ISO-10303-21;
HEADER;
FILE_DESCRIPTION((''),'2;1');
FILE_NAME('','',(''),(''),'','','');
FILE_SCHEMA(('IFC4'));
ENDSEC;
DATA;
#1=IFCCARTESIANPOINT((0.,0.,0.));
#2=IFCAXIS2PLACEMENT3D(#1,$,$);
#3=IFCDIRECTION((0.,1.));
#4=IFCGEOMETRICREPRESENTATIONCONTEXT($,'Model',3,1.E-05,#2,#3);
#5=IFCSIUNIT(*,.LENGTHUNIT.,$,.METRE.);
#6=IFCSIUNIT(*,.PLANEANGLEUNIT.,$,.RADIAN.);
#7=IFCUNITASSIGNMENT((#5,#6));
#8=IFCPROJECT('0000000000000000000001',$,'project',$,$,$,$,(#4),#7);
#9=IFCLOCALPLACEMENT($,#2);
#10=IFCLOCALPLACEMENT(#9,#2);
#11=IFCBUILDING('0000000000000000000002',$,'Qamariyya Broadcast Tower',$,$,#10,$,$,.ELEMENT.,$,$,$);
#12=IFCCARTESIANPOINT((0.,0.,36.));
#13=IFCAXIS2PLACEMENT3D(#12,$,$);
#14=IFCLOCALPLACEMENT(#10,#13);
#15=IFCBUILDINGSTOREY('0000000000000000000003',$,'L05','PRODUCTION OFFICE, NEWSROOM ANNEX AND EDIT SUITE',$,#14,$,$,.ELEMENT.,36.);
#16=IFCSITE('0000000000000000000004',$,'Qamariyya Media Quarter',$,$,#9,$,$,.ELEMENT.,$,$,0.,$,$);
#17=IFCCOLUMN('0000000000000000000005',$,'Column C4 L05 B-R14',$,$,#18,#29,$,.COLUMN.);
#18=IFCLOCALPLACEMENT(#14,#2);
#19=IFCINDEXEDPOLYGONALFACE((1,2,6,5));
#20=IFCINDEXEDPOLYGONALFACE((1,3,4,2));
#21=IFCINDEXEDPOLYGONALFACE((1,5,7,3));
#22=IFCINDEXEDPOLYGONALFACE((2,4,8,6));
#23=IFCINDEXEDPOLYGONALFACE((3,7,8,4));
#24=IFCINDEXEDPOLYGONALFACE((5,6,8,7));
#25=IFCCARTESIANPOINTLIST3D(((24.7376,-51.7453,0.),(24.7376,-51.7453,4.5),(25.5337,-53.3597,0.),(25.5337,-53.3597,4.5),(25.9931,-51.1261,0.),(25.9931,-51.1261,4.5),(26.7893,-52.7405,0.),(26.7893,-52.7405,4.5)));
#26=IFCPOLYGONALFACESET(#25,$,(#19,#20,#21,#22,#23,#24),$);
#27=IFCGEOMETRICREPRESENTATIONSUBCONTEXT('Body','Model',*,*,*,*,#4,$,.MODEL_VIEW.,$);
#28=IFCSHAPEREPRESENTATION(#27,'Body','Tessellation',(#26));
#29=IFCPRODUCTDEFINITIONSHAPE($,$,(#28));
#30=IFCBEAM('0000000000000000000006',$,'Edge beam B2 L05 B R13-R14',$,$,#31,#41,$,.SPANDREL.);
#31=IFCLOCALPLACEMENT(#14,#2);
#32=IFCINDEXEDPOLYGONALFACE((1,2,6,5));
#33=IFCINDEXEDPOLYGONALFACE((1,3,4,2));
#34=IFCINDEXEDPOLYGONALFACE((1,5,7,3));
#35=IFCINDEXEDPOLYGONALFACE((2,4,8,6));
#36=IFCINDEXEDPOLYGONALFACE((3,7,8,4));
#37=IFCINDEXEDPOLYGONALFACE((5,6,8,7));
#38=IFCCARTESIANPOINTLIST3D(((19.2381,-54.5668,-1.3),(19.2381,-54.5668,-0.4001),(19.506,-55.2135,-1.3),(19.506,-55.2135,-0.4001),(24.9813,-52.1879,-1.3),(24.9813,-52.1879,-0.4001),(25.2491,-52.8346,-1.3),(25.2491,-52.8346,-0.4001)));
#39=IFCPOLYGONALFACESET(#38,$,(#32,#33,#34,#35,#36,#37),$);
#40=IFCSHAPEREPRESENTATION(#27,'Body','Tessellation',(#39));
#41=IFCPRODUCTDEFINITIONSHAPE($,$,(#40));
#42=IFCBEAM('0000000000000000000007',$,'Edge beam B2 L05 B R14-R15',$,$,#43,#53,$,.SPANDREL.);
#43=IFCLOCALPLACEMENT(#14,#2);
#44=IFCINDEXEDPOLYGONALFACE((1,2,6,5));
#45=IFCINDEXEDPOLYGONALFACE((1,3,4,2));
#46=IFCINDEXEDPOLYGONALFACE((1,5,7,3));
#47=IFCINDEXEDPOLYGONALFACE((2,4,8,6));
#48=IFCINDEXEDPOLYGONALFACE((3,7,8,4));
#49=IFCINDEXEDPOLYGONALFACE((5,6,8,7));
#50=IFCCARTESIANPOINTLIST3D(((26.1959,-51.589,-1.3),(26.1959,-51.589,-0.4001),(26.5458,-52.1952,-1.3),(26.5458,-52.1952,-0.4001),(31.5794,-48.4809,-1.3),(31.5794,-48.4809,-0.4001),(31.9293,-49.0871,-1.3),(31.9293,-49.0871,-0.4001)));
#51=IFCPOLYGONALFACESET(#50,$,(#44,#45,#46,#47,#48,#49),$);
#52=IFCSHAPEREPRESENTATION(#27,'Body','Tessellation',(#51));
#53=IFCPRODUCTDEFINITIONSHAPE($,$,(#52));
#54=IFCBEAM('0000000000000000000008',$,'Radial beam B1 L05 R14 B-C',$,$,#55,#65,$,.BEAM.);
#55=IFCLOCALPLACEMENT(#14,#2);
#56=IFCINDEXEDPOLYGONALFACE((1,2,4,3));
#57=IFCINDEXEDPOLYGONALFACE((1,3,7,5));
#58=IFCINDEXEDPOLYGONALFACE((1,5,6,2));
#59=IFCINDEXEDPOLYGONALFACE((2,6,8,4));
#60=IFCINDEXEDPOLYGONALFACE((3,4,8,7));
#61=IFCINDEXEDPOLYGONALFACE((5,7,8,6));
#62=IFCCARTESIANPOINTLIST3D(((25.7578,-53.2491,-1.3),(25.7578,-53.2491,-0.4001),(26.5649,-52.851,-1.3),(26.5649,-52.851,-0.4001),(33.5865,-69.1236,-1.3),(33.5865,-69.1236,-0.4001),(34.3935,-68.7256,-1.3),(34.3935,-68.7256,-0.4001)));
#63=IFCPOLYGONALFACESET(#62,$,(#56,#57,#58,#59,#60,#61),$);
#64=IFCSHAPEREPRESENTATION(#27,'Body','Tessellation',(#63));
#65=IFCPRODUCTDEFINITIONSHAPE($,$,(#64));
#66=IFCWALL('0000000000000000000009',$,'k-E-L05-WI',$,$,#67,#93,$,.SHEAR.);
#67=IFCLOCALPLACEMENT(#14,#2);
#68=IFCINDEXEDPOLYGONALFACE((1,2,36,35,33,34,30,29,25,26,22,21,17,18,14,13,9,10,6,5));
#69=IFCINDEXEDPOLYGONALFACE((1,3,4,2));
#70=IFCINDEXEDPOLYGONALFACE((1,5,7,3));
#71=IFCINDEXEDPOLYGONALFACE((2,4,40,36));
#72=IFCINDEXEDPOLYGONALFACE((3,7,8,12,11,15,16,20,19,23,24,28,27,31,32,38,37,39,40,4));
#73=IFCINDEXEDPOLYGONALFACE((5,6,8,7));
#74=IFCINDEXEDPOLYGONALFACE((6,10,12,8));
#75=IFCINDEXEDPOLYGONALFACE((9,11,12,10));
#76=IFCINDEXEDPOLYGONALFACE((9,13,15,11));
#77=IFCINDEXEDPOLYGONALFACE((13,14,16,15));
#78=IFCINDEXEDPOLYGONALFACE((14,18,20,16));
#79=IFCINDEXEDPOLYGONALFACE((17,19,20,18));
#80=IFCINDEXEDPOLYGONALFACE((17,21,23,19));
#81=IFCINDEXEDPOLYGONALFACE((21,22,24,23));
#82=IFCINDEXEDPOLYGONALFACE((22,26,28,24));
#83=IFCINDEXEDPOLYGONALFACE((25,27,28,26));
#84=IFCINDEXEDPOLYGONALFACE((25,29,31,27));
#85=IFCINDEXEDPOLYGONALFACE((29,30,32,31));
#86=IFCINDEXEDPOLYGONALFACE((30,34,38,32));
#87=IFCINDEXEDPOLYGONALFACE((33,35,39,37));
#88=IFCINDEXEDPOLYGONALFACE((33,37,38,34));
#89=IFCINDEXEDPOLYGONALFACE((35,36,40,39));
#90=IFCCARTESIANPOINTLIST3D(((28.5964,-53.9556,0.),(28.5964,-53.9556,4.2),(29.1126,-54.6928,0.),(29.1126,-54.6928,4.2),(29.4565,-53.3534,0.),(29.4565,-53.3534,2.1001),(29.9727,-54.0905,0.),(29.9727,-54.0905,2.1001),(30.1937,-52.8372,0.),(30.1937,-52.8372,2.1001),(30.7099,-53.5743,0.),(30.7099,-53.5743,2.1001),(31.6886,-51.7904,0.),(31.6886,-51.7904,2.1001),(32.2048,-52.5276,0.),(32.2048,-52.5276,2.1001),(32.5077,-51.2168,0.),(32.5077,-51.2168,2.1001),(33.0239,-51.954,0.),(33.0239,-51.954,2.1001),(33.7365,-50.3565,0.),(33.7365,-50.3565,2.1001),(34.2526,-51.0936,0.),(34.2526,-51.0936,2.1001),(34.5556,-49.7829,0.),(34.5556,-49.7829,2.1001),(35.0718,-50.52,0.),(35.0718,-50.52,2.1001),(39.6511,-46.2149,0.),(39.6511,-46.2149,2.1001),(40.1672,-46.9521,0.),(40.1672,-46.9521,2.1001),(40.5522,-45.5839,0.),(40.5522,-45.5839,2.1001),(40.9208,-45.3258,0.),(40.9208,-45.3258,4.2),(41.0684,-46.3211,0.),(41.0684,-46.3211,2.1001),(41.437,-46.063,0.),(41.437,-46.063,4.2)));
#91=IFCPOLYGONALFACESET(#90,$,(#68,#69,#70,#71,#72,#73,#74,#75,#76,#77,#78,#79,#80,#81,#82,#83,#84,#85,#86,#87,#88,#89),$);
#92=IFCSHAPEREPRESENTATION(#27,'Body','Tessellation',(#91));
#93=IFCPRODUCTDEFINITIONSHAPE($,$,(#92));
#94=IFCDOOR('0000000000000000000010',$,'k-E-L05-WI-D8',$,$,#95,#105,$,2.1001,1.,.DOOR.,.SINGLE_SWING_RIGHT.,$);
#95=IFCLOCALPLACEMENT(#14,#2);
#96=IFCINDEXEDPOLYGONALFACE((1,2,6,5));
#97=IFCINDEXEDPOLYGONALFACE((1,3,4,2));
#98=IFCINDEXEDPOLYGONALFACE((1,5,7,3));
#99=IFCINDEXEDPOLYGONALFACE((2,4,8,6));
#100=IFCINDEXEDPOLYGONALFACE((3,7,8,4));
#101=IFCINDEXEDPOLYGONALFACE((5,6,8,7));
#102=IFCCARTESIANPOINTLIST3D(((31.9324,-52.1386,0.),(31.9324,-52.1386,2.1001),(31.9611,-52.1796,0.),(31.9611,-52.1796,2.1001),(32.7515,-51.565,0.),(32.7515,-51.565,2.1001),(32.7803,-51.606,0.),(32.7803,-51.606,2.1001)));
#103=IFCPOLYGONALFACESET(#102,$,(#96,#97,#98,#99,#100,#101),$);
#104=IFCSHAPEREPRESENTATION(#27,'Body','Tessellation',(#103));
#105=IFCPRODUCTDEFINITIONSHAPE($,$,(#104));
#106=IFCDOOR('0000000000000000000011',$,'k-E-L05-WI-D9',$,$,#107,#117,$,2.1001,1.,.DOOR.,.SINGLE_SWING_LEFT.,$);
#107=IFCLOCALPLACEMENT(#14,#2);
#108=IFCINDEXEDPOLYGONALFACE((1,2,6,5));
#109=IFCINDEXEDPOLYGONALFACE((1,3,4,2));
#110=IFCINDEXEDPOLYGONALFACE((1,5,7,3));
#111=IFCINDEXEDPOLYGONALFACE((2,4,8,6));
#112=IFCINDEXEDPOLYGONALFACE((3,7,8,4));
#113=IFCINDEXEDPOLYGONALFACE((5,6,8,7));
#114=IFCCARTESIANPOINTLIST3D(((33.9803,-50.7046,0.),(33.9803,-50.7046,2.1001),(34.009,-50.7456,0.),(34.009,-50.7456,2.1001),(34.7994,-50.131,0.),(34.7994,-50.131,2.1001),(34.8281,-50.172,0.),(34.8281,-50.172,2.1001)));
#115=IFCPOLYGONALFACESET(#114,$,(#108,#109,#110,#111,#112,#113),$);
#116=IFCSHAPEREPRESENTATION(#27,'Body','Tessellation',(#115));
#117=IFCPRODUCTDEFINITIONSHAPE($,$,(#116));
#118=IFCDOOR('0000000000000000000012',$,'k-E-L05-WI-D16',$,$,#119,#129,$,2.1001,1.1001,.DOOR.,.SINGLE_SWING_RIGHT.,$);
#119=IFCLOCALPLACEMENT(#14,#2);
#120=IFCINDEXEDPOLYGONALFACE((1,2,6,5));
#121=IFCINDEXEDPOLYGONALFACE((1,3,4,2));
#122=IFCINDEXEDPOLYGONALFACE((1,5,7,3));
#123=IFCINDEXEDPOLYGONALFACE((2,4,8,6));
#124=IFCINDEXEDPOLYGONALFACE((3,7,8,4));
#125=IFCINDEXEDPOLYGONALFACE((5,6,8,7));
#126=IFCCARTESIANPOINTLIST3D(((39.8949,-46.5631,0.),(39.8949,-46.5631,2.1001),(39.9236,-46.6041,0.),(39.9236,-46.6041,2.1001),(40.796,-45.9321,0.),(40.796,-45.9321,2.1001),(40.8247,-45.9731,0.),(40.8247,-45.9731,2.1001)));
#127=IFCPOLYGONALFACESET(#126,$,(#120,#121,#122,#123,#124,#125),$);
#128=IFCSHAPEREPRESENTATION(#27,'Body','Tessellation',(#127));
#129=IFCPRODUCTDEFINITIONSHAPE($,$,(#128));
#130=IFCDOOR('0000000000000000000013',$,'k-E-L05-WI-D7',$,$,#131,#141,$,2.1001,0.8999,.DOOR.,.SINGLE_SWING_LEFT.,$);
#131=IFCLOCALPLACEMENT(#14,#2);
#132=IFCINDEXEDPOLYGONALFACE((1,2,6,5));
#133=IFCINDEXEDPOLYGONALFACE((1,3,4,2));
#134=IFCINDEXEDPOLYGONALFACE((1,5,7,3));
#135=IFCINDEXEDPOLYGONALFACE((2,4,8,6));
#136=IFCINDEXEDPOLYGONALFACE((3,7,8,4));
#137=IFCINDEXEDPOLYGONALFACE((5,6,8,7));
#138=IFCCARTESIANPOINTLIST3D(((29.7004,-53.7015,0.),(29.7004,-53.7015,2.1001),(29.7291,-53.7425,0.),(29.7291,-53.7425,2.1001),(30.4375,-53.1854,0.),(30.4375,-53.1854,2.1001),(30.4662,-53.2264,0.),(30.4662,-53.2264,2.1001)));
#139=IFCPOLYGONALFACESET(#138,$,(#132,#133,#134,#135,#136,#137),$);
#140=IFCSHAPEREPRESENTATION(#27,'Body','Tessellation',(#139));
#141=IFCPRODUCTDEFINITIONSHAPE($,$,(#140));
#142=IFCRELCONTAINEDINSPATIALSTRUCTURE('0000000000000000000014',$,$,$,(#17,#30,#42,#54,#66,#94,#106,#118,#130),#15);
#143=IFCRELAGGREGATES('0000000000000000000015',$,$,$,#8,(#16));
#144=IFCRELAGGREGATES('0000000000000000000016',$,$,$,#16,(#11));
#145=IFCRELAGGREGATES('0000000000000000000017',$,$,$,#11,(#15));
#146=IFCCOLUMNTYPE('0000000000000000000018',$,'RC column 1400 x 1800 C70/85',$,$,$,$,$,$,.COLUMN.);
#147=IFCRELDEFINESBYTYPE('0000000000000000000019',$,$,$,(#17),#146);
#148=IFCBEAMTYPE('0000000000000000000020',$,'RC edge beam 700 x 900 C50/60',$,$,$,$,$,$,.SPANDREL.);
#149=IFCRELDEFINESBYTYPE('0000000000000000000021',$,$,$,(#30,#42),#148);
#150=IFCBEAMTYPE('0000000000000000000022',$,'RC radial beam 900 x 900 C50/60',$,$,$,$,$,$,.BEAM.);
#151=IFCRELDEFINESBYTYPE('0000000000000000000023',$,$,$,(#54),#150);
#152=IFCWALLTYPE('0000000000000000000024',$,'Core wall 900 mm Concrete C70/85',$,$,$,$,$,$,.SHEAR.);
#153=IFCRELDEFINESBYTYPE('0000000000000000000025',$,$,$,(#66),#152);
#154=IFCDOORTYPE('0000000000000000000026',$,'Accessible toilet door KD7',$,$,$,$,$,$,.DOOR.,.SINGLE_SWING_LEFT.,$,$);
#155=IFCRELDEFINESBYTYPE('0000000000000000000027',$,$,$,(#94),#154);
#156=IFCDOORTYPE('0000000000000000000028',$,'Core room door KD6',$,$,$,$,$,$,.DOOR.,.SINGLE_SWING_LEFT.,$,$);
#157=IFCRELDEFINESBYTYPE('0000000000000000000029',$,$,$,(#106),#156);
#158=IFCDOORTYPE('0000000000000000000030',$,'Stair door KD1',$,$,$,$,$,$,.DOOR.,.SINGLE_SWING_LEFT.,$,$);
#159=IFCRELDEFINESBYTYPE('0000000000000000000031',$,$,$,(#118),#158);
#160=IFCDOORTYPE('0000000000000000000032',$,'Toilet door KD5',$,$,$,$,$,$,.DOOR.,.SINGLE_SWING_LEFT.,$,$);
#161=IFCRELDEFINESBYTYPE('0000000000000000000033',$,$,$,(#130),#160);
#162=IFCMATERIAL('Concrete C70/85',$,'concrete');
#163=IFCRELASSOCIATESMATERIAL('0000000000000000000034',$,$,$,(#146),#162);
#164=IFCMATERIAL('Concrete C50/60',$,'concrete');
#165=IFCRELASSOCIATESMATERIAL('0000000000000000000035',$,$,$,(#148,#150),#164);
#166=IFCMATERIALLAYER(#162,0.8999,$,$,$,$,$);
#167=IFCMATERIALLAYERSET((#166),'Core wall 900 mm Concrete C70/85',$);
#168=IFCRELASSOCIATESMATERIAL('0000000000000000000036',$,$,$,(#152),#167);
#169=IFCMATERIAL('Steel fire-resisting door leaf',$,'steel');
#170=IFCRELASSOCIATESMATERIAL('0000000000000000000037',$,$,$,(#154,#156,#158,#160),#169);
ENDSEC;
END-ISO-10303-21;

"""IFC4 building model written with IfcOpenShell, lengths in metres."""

from ifc_helpers import new_model, si_unit, direction, frame, frame_2d, origin, origin_2d, place, context, subcontext, project, spatial, rectangle, extrude, material, layer, layer_set, material_profile, profile_set, type_object, element, fill, save


model = new_model("IFC4")

# Units and contexts
model_context = context("Model", 3, precision=1e-05, world=origin(), true_north=direction((0.0, 1.0)))
body_context = subcontext(model_context, "Body", "Model", "MODEL_VIEW")
ifc_project = project(units=[si_unit("LENGTHUNIT", "METRE"), si_unit("PLANEANGLEUNIT", "RADIAN")], contexts=[model_context])

# Site, building, storey
site_placement = place(None, origin())
site = spatial("IfcSite", under=ifc_project, at=site_placement, Name="Qamariyya Media Quarter", CompositionType="ELEMENT", RefElevation=0.0)
building_placement = place(site_placement, origin())
building = spatial("IfcBuilding", under=site, at=building_placement, Name="Qamariyya Broadcast Tower", CompositionType="ELEMENT")
storey_placement = place(building_placement, frame((0.0, 0.0, 36.0)))
storey = spatial("IfcBuildingStorey", under=building, at=storey_placement, Name="L05", Description="PRODUCTION OFFICE, NEWSROOM ANNEX AND EDIT SUITE", CompositionType="ELEMENT", Elevation=36.0)

# Column
ifc_material_1 = material(Name="Concrete C70/85", Category="concrete")
ifc_material_profile_1 = material_profile(ifc_material_1, rectangle(XDim=1.3999, YDim=1.8, at=origin_2d()))
ifc_profile_set_1 = profile_set([ifc_material_profile_1], Name="Concrete C70/85")
column_type = type_object("IfcColumnType", Name="RC column 1400 x 1800 C70/85", PredefinedType="COLUMN", material=ifc_profile_set_1)
column_placement = place(storey_placement, frame((25.7634, -52.2429, 0.0), z_axis=(0.0, 0.0, 1.0), x_axis=(0.896873, 0.442289, 0.0)))
element("IfcColumn", 1, at=column_placement, inside=storey, type_object=column_type, Name="Column C4 L05 B-R14", PredefinedType="COLUMN", context=body_context, shape_type="SweptSolid", body=[
    extrude(rectangle(XDim=1.3999, YDim=1.8, at=origin_2d()), origin(), (0.0, 0.0, 1.0), 4.5),
])

# Beams
ifc_material_2 = material(Name="Concrete C50/60", Category="concrete")
ifc_material_profile_2 = material_profile(ifc_material_2, rectangle(XDim=0.7, YDim=0.8999, at=origin_2d()))
ifc_profile_set_2 = profile_set([ifc_material_profile_2], Name="Concrete C50/60")
beam_type_1 = type_object("IfcBeamType", Name="RC edge beam 700 x 900 C50/60", PredefinedType="SPANDREL", material=ifc_profile_set_2)
for number, where, z_axis, x_axis, name in (
    (2, (19.3721, -54.8901, -0.8501), (0.923879, 0.382685, 0.0), (-0.382685, 0.923879, 0.0), "Edge beam B2 L05 B R13-R14"),
    (3, (26.3708, -51.8921, -0.8501), (0.866028, 0.499996, 0.0), (-0.499996, 0.866028, 0.0), "Edge beam B2 L05 B R14-R15"),
):
    element("IfcBeam", number, at=place(storey_placement, frame(where, z_axis=z_axis, x_axis=x_axis)), inside=storey, type_object=beam_type_1, Name=name, PredefinedType="SPANDREL", context=body_context, shape_type="SweptSolid", body=[
        extrude(rectangle(XDim=0.7, YDim=0.8999, at=origin_2d()), origin(), (0.0, 0.0, 1.0), 6.2163),
    ])
ifc_material_profile_3 = material_profile(ifc_material_2, rectangle(XDim=0.8999, YDim=0.8999, at=origin_2d()))
ifc_profile_set_3 = profile_set([ifc_material_profile_3], Name="Concrete C50/60")
beam_type_2 = type_object("IfcBeamType", Name="RC radial beam 900 x 900 C50/60", PredefinedType="BEAM", material=ifc_profile_set_3)
beam_placement = place(storey_placement, frame((26.1614, -53.05, -0.8501), z_axis=(0.442296, -0.896869, 0.0), x_axis=(0.896869, 0.442296, 0.0)))
element("IfcBeam", 4, at=beam_placement, inside=storey, type_object=beam_type_2, Name="Radial beam B1 L05 R14 B-C", PredefinedType="BEAM", context=body_context, shape_type="SweptSolid", body=[
    extrude(rectangle(XDim=0.8999, YDim=0.8999, at=origin_2d()), origin(), (0.0, 0.0, 1.0), 17.7),
])

# Wall, openings, doors
ifc_layer_1 = layer(ifc_material_1, 0.8999)
ifc_layer_set_1 = layer_set([ifc_layer_1], Name="Core wall 900 mm Concrete C70/85")
wall_type_1 = type_object("IfcWallType", Name="Core wall 900 mm Concrete C70/85", PredefinedType="SHEAR", material=ifc_layer_set_1)
wall_1_placement = place(storey_placement, frame((28.8545, -54.3242, 0.0), z_axis=(0.0, 0.0, 1.0), x_axis=(0.819146, 0.573585, 0.0)))
wall_1 = element("IfcWall", 5, at=wall_1_placement, inside=storey, type_object=wall_type_1, Name="k-E-L05-WI", PredefinedType="SHEAR", context=body_context, shape_type="SweptSolid", body=[
    extrude(rectangle(XDim=15.0454, YDim=0.8999, at=frame_2d((7.5227, 0.0))), origin(), (0.0, 0.0, 1.0), 4.2),
])
opening_1_placement = place(wall_1_placement, frame((1.05, 0.0, 0.0)))
opening_1 = element("IfcOpeningElement", 6, at=opening_1_placement, cuts=wall_1, PredefinedType="OPENING", context=body_context, shape_type="SweptSolid", body=[
    extrude(rectangle(XDim=0.8999, YDim=2.1001, at=frame_2d((0.45, 1.05))), frame((0.0, 0.46, 0.0), z_axis=(0.0, -1.0, 0.0), x_axis=(1.0, 0.0, 0.0)), (0.0, 0.0, 1.0), 0.9199),
])
opening_2_placement = place(wall_1_placement, frame((3.7749, 0.0, 0.0)))
opening_2 = element("IfcOpeningElement", 7, at=opening_2_placement, cuts=wall_1, PredefinedType="OPENING", context=body_context, shape_type="SweptSolid", body=[
    extrude(rectangle(XDim=1.0, YDim=2.1001, at=frame_2d((0.5, 1.05))), frame((0.0, 0.46, 0.0), z_axis=(0.0, -1.0, 0.0), x_axis=(1.0, 0.0, 0.0)), (0.0, 0.0, 1.0), 0.9199),
])
opening_3_placement = place(wall_1_placement, frame((6.2749, 0.0, 0.0)))
opening_3 = element("IfcOpeningElement", 8, at=opening_3_placement, cuts=wall_1, PredefinedType="OPENING", context=body_context, shape_type="SweptSolid", body=[
    extrude(rectangle(XDim=1.0, YDim=2.1001, at=frame_2d((0.5, 1.05))), frame((0.0, 0.46, 0.0), z_axis=(0.0, -1.0, 0.0), x_axis=(1.0, 0.0, 0.0)), (0.0, 0.0, 1.0), 0.9199),
])
opening_4_placement = place(wall_1_placement, frame((13.4954, 0.0, 0.0)))
opening_4 = element("IfcOpeningElement", 9, at=opening_4_placement, cuts=wall_1, PredefinedType="OPENING", context=body_context, shape_type="SweptSolid", body=[
    extrude(rectangle(XDim=1.1001, YDim=2.1001, at=frame_2d((0.55, 1.05))), frame((0.0, 0.46, 0.0), z_axis=(0.0, -1.0, 0.0), x_axis=(1.0, 0.0, 0.0)), (0.0, 0.0, 1.0), 0.9199),
])
ifc_material_3 = material(Name="Steel fire-resisting door leaf", Category="steel")
door_type_1 = type_object("IfcDoorType", Name="Accessible toilet door KD7", OperationType="SINGLE_SWING_LEFT", PredefinedType="DOOR", material=ifc_material_3)
door_1_placement = place(opening_2_placement, origin())
door_1 = element("IfcDoor", 10, at=door_1_placement, inside=storey, type_object=door_type_1, Name="k-E-L05-WI-D8", OperationType="SINGLE_SWING_RIGHT", OverallHeight=2.1001, OverallWidth=1.0, PredefinedType="DOOR", context=body_context, shape_type="SweptSolid", body=[
    extrude(rectangle(XDim=1.0, YDim=2.1001, at=frame_2d((0.5, 1.05))), frame((0.0, 0.0249, 0.0), z_axis=(0.0, -1.0, 0.0), x_axis=(1.0, 0.0, 0.0)), (0.0, 0.0, 1.0), 0.05),
])
fill(opening_2, door_1)
door_type_2 = type_object("IfcDoorType", Name="Core room door KD6", OperationType="SINGLE_SWING_LEFT", PredefinedType="DOOR", material=ifc_material_3)
door_2_placement = place(opening_3_placement, origin())
door_2 = element("IfcDoor", 11, at=door_2_placement, inside=storey, type_object=door_type_2, Name="k-E-L05-WI-D9", OperationType="SINGLE_SWING_LEFT", OverallHeight=2.1001, OverallWidth=1.0, PredefinedType="DOOR", context=body_context, shape_type="SweptSolid", body=[
    extrude(rectangle(XDim=1.0, YDim=2.1001, at=frame_2d((0.5, 1.05))), frame((0.0, 0.0249, 0.0), z_axis=(0.0, -1.0, 0.0), x_axis=(1.0, 0.0, 0.0)), (0.0, 0.0, 1.0), 0.05),
])
fill(opening_3, door_2)
door_type_3 = type_object("IfcDoorType", Name="Stair door KD1", OperationType="SINGLE_SWING_LEFT", PredefinedType="DOOR", material=ifc_material_3)
door_3_placement = place(opening_4_placement, origin())
door_3 = element("IfcDoor", 12, at=door_3_placement, inside=storey, type_object=door_type_3, Name="k-E-L05-WI-D16", OperationType="SINGLE_SWING_RIGHT", OverallHeight=2.1001, OverallWidth=1.1001, PredefinedType="DOOR", context=body_context, shape_type="SweptSolid", body=[
    extrude(rectangle(XDim=1.1001, YDim=2.1001, at=frame_2d((0.55, 1.05))), frame((0.0, 0.0249, 0.0), z_axis=(0.0, -1.0, 0.0), x_axis=(1.0, 0.0, 0.0)), (0.0, 0.0, 1.0), 0.05),
])
fill(opening_4, door_3)
door_type_4 = type_object("IfcDoorType", Name="Toilet door KD5", OperationType="SINGLE_SWING_LEFT", PredefinedType="DOOR", material=ifc_material_3)
door_4_placement = place(opening_1_placement, origin())
door_4 = element("IfcDoor", 13, at=door_4_placement, inside=storey, type_object=door_type_4, Name="k-E-L05-WI-D7", OperationType="SINGLE_SWING_LEFT", OverallHeight=2.1001, OverallWidth=0.8999, PredefinedType="DOOR", context=body_context, shape_type="SweptSolid", body=[
    extrude(rectangle(XDim=0.8999, YDim=2.1001, at=frame_2d((0.45, 1.05))), frame((0.0, 0.0249, 0.0), z_axis=(0.0, -1.0, 0.0), x_axis=(1.0, 0.0, 0.0)), (0.0, 0.0, 1.0), 0.05),
])
fill(opening_1, door_4)

save(model, "model.ifc")
